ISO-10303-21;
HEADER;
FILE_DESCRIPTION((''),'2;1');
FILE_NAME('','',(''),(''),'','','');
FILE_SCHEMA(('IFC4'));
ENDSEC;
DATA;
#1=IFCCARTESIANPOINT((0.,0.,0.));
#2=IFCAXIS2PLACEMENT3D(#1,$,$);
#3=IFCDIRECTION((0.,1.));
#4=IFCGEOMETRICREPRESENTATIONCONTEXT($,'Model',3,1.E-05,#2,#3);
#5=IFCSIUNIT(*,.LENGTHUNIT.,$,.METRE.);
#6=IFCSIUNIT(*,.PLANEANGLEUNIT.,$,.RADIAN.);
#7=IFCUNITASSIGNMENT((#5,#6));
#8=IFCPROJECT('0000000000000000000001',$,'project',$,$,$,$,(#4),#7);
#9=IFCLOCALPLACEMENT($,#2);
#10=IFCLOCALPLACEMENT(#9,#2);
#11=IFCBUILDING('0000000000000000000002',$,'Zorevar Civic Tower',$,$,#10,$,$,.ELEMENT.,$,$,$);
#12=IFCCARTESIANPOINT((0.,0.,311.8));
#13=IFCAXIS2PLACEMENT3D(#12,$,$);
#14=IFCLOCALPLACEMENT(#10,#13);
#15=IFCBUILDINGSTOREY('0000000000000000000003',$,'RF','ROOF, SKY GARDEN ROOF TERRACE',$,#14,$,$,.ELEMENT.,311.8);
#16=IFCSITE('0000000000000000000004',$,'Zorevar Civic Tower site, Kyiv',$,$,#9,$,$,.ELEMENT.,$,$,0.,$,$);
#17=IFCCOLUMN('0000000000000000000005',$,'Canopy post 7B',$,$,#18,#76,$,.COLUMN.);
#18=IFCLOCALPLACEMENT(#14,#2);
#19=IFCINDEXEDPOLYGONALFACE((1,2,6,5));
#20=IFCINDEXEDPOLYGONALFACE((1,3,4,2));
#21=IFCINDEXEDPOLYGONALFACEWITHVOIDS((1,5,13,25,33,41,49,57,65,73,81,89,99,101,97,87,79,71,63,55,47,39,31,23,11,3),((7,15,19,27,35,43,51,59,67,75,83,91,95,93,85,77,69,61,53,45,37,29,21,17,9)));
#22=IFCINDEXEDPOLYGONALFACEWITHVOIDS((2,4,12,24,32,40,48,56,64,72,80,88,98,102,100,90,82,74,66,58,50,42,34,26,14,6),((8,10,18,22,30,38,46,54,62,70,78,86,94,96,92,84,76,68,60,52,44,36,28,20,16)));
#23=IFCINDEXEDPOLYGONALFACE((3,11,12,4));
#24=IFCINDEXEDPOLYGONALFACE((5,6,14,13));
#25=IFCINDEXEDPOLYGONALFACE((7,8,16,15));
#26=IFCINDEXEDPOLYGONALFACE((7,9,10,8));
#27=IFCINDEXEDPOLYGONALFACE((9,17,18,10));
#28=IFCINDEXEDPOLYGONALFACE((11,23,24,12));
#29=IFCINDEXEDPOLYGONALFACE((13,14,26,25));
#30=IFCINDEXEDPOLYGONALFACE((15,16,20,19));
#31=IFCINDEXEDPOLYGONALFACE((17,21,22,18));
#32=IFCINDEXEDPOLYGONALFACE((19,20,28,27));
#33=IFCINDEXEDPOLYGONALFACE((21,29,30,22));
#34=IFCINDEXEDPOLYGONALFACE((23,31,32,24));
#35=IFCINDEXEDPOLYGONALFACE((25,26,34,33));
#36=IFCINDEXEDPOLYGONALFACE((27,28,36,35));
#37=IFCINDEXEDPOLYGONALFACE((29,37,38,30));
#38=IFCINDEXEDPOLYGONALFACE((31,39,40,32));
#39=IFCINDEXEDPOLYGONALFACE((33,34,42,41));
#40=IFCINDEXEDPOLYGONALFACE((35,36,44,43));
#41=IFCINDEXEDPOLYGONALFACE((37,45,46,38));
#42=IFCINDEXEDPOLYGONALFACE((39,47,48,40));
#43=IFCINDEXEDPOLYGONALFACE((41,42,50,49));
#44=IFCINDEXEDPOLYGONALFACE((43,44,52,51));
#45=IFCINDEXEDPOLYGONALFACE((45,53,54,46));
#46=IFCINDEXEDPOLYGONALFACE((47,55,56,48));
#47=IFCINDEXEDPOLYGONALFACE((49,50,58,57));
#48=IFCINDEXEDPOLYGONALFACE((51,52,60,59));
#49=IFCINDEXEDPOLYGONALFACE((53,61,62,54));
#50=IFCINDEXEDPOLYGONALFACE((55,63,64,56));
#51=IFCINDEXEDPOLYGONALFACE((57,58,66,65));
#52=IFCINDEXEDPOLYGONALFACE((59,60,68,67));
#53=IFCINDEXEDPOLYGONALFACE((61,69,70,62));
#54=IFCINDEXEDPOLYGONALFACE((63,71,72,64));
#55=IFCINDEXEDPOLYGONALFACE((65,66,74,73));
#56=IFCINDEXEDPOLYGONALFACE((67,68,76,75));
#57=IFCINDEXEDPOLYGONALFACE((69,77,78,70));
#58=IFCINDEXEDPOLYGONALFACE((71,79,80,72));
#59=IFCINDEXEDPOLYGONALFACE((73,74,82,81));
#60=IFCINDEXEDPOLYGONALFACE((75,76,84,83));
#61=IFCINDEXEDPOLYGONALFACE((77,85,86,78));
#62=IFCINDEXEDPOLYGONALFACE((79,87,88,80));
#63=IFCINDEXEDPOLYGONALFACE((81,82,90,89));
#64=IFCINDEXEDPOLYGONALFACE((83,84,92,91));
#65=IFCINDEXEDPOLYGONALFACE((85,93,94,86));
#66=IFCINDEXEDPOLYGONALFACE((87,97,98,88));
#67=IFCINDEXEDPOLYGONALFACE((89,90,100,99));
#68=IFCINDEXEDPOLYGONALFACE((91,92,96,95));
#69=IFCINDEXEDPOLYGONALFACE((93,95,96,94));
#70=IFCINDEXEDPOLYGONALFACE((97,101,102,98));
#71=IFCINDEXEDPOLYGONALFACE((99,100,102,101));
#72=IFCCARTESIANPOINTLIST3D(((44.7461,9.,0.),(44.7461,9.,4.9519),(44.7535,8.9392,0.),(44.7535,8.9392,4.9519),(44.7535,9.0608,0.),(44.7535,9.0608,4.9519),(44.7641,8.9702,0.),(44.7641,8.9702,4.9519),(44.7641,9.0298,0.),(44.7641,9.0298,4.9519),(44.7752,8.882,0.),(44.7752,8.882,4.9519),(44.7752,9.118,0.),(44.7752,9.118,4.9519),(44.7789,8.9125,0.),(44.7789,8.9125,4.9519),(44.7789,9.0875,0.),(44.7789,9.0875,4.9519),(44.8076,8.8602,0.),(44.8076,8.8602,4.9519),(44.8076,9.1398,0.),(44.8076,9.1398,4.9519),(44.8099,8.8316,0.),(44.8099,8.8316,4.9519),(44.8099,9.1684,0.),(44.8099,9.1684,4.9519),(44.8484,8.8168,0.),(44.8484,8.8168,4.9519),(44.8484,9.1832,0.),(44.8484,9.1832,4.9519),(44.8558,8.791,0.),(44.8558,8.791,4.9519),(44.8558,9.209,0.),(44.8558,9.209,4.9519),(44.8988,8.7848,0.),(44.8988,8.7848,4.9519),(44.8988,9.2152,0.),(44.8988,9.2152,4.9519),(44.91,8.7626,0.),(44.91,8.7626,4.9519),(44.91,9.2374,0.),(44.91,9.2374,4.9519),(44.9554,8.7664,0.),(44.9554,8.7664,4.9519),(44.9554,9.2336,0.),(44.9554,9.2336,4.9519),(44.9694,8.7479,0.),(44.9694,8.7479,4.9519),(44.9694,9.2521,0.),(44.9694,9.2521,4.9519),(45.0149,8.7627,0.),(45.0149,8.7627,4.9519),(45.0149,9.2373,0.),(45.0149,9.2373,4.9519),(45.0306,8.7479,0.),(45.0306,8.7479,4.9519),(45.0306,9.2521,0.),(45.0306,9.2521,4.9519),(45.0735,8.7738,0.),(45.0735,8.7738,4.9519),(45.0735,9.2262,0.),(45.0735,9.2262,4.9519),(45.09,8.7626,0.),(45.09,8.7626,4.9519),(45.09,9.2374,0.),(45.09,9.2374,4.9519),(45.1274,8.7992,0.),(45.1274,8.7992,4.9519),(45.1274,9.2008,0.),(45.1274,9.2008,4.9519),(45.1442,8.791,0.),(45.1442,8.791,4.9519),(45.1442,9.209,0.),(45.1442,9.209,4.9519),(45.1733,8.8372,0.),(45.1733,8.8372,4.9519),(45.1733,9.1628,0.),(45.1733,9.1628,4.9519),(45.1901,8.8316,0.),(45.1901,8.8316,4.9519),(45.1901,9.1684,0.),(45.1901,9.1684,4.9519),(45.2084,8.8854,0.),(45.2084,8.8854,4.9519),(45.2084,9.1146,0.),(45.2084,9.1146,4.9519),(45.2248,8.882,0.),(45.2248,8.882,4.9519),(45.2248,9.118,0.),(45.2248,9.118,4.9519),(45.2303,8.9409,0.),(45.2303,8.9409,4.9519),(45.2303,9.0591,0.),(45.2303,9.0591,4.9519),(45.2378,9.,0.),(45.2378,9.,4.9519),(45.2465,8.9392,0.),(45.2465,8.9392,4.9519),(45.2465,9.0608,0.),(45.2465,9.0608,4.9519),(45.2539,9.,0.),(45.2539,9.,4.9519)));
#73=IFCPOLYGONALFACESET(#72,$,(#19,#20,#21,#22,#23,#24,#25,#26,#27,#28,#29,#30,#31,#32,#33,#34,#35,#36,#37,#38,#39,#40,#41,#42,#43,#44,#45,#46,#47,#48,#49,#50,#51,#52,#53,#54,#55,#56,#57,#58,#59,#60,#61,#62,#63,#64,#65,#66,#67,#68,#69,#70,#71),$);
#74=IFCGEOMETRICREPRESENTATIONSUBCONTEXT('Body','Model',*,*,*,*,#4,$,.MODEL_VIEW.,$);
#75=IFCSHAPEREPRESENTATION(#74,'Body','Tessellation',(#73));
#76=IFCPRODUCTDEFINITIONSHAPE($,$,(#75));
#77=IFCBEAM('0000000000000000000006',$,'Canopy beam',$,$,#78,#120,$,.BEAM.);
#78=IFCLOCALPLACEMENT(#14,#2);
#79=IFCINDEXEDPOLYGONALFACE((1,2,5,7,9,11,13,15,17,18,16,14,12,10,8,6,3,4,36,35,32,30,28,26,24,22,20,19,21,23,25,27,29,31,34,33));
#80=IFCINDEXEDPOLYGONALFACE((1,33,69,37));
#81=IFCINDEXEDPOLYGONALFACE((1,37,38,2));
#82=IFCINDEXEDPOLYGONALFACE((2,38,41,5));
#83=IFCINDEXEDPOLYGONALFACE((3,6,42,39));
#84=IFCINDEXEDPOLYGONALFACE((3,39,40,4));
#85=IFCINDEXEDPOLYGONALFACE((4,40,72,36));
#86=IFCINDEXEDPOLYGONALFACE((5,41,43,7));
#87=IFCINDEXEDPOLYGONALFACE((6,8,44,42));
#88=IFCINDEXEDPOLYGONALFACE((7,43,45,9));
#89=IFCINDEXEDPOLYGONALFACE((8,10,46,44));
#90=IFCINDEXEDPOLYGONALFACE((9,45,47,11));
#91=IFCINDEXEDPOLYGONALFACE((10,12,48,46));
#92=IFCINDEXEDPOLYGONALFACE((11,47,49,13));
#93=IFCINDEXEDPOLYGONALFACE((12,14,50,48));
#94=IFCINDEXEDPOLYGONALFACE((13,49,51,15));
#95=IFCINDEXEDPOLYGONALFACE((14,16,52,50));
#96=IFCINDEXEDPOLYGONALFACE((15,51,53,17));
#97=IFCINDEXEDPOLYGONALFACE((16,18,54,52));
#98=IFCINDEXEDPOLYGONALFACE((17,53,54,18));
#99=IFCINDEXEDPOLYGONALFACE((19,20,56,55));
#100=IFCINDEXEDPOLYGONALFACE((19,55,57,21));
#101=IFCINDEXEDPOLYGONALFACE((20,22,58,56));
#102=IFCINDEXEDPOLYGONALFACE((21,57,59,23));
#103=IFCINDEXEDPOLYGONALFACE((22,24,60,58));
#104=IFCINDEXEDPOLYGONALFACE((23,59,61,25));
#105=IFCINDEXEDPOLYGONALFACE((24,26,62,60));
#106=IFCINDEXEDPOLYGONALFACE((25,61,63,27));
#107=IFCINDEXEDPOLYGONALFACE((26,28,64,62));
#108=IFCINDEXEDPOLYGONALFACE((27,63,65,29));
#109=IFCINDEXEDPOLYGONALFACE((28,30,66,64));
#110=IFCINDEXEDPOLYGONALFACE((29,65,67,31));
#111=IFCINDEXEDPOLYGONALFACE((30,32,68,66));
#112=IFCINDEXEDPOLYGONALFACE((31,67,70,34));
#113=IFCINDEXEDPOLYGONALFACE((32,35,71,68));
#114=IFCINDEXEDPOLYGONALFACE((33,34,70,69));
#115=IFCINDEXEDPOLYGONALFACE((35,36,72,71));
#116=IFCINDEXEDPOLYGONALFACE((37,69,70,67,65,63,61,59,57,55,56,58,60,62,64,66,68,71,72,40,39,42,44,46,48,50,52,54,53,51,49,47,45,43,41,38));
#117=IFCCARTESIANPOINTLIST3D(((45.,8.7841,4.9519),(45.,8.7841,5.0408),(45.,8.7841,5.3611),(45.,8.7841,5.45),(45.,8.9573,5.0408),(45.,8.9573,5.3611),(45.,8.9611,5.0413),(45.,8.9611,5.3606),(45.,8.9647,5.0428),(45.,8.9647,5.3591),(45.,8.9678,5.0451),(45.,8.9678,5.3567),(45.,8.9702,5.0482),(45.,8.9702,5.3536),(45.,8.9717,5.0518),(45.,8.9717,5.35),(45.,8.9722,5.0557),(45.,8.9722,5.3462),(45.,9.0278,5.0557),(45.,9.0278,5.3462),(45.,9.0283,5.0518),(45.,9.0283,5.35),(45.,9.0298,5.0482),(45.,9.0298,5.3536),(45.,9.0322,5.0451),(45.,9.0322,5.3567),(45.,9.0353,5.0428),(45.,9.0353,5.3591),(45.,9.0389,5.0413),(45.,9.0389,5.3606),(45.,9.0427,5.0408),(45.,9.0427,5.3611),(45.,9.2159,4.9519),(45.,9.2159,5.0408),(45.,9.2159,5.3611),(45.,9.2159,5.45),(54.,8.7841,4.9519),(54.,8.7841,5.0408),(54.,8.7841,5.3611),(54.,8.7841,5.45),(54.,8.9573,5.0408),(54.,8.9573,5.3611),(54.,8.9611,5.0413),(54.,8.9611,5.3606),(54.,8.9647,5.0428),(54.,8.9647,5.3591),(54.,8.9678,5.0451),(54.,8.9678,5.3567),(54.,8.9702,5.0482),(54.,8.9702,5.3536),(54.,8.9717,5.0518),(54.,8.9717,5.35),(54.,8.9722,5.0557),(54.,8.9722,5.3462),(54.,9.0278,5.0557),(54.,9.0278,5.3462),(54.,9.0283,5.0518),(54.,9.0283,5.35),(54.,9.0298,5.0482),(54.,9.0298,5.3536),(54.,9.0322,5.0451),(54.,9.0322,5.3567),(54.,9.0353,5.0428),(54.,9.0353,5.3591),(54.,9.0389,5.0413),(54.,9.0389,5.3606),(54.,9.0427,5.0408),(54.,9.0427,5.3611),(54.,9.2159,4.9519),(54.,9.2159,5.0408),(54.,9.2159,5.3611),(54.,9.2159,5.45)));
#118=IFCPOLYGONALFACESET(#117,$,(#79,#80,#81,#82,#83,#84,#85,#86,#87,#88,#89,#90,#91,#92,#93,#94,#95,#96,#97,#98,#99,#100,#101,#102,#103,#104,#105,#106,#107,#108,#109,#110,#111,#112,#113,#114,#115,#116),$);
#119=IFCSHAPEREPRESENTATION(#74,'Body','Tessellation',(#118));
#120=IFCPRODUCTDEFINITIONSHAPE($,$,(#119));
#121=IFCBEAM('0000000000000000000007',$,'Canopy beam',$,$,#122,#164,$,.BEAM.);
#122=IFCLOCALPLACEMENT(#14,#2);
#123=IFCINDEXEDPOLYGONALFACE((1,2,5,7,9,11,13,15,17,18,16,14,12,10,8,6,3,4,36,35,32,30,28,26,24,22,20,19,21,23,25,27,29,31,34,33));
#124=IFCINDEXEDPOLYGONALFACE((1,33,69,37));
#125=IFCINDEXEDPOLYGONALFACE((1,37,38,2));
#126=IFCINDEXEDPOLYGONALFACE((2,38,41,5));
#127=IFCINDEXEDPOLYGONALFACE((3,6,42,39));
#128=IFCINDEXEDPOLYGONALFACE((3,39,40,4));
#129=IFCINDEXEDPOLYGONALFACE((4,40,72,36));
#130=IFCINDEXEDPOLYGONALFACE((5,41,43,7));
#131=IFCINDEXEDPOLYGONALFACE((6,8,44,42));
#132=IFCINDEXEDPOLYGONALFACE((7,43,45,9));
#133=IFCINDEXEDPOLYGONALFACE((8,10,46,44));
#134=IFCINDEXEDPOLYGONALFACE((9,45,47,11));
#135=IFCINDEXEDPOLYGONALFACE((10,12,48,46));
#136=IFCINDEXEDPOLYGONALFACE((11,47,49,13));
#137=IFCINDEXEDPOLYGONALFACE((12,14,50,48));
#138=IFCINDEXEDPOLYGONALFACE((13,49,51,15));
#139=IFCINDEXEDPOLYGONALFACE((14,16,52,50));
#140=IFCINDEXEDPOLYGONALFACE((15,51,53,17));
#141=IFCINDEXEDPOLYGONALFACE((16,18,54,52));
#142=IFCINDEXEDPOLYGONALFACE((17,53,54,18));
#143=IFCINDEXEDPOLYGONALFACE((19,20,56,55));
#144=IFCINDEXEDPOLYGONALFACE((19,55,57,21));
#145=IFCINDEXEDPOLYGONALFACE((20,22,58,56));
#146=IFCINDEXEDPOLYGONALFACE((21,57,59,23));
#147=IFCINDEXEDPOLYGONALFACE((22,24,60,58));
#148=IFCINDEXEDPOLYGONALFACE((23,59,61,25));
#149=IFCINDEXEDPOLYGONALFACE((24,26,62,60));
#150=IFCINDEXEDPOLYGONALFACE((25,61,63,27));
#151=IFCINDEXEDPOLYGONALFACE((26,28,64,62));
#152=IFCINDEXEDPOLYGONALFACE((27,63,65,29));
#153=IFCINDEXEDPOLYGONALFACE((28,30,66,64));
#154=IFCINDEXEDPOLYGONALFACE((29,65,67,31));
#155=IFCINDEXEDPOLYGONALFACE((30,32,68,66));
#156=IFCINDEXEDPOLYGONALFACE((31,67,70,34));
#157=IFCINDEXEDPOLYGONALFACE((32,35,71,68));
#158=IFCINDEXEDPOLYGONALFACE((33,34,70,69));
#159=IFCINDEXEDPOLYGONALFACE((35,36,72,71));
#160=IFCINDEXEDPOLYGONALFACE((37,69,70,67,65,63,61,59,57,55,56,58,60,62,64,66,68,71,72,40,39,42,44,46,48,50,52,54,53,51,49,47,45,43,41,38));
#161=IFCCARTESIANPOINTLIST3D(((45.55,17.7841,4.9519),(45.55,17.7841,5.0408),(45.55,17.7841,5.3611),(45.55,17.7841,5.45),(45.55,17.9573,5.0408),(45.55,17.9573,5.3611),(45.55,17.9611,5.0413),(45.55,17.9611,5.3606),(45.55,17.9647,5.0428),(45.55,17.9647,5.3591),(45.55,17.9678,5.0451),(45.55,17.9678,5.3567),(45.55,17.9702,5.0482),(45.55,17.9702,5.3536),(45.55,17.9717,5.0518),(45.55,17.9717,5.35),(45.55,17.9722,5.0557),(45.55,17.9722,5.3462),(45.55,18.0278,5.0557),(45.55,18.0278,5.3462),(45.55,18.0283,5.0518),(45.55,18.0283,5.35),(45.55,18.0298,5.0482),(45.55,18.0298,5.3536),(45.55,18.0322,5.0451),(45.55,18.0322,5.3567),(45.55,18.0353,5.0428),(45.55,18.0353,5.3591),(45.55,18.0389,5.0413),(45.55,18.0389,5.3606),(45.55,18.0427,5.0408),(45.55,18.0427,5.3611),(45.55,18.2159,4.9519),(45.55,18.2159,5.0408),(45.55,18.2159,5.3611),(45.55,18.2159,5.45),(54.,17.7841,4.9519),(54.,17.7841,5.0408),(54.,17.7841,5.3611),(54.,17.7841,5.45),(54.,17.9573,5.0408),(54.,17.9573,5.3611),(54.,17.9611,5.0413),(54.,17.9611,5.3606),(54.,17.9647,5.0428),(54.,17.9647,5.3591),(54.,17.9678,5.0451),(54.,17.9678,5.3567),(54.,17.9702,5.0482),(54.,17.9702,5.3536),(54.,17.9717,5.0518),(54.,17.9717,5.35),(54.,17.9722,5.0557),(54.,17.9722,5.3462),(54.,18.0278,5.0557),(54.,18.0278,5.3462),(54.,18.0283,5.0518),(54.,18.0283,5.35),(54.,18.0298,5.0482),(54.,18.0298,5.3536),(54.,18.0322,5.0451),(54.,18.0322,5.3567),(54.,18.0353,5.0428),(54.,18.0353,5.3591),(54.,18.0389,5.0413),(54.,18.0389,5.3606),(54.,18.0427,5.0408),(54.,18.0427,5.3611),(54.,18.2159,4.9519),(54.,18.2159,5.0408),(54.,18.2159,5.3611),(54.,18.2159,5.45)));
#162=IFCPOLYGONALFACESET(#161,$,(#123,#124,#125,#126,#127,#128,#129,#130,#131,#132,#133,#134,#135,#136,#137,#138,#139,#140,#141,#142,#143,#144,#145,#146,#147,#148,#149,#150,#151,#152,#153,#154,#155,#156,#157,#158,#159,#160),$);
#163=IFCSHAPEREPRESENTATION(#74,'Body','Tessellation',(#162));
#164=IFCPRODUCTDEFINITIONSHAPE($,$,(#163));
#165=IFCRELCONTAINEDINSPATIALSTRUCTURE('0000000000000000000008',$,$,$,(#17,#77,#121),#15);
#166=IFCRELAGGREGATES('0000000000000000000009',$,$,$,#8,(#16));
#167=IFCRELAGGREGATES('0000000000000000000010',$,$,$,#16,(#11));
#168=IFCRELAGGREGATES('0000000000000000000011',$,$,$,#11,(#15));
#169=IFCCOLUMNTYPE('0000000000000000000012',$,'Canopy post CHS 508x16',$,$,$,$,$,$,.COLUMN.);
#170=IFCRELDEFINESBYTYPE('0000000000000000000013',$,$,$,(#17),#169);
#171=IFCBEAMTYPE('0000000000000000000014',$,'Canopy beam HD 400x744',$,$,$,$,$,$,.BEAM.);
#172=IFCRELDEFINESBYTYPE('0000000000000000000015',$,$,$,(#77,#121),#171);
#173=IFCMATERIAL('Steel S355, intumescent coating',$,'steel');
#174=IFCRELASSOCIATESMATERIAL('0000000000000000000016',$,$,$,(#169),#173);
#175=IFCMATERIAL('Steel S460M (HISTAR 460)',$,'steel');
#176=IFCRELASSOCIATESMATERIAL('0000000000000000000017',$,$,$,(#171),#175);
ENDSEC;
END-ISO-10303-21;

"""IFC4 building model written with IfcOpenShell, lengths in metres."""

from ifc_helpers import new_model, si_unit, direction, frame, origin, origin_2d, place, context, subcontext, project, spatial, hollow_circle, i_section, extrude, material, material_profile, profile_set, type_object, element, save


model = new_model("IFC4")

# Units and contexts
model_context = context("Model", 3, precision=1e-05, world=origin(), true_north=direction((0.0, 1.0)))
body_context = subcontext(model_context, "Body", "Model", "MODEL_VIEW")
ifc_project = project(units=[si_unit("LENGTHUNIT", "METRE"), si_unit("PLANEANGLEUNIT", "RADIAN")], contexts=[model_context])

# Site, building, storey
site_placement = place(None, origin())
site = spatial("IfcSite", under=ifc_project, at=site_placement, Name="Zorevar Civic Tower site, Kyiv", CompositionType="ELEMENT", RefElevation=0.0)
building_placement = place(site_placement, origin())
building = spatial("IfcBuilding", under=site, at=building_placement, Name="Zorevar Civic Tower", CompositionType="ELEMENT")
storey_placement = place(building_placement, frame((0.0, 0.0, 311.8)))
storey = spatial("IfcBuildingStorey", under=building, at=storey_placement, Name="RF", Description="ROOF, SKY GARDEN ROOF TERRACE", CompositionType="ELEMENT", Elevation=311.8)

# Column
ifc_material_1 = material(Name="Steel S355, intumescent coating", Category="steel")
ifc_material_profile_1 = material_profile(ifc_material_1, hollow_circle(Radius=0.2539, WallThickness=0.0161, at=origin_2d()), Name="CHS 508x16")
ifc_profile_set_1 = profile_set([ifc_material_profile_1], Name="Steel S355, intumescent coating")
column_type_1 = type_object("IfcColumnType", Name="Canopy post CHS 508x16", PredefinedType="COLUMN", material=ifc_profile_set_1)
column_placement = place(storey_placement, frame((45.0, 9.0, 0.0), z_axis=(0.0, 0.0, 1.0), x_axis=(1.0, 0.0, 0.0)))
element("IfcColumn", 1, at=column_placement, inside=storey, type_object=column_type_1, Name="Canopy post 7B", PredefinedType="COLUMN", context=body_context, shape_type="SweptSolid", body=[
    extrude(hollow_circle(Radius=0.2539, WallThickness=0.0161, at=origin_2d()), origin(), (0.0, 0.0, 1.0), 4.9519),
])

# Beams
ifc_material_2 = material(Name="Steel S460M (HISTAR 460)", Category="steel")
ifc_material_profile_2 = material_profile(ifc_material_2, i_section(OverallWidth=0.4319, OverallDepth=0.498, WebThickness=0.0557, FlangeThickness=0.0889, FilletRadius=0.0149, at=origin_2d()), Name="HD 400x744")
ifc_profile_set_2 = profile_set([ifc_material_profile_2], Name="Steel S460M (HISTAR 460)")
beam_type_1 = type_object("IfcBeamType", Name="Canopy beam HD 400x744", PredefinedType="BEAM", material=ifc_profile_set_2)
beam_1_placement = place(storey_placement, frame((45.0, 9.0, 5.2009), z_axis=(1.0, 0.0, 0.0), x_axis=(0.0, 1.0, 0.0)))
element("IfcBeam", 2, at=beam_1_placement, inside=storey, type_object=beam_type_1, Name="Canopy beam", PredefinedType="BEAM", context=body_context, shape_type="SweptSolid", body=[
    extrude(i_section(OverallWidth=0.4319, OverallDepth=0.498, WebThickness=0.0557, FlangeThickness=0.0889, FilletRadius=0.0149, at=origin_2d()), origin(), (0.0, 0.0, 1.0), 9.0),
])
beam_2_placement = place(storey_placement, frame((45.55, 18.0, 5.2009), z_axis=(1.0, 0.0, 0.0), x_axis=(0.0, 1.0, 0.0)))
element("IfcBeam", 3, at=beam_2_placement, inside=storey, type_object=beam_type_1, Name="Canopy beam", PredefinedType="BEAM", context=body_context, shape_type="SweptSolid", body=[
    extrude(i_section(OverallWidth=0.4319, OverallDepth=0.498, WebThickness=0.0557, FlangeThickness=0.0889, FilletRadius=0.0149, at=origin_2d()), origin(), (0.0, 0.0, 1.0), 8.45),
])

save(model, "model.ifc")
